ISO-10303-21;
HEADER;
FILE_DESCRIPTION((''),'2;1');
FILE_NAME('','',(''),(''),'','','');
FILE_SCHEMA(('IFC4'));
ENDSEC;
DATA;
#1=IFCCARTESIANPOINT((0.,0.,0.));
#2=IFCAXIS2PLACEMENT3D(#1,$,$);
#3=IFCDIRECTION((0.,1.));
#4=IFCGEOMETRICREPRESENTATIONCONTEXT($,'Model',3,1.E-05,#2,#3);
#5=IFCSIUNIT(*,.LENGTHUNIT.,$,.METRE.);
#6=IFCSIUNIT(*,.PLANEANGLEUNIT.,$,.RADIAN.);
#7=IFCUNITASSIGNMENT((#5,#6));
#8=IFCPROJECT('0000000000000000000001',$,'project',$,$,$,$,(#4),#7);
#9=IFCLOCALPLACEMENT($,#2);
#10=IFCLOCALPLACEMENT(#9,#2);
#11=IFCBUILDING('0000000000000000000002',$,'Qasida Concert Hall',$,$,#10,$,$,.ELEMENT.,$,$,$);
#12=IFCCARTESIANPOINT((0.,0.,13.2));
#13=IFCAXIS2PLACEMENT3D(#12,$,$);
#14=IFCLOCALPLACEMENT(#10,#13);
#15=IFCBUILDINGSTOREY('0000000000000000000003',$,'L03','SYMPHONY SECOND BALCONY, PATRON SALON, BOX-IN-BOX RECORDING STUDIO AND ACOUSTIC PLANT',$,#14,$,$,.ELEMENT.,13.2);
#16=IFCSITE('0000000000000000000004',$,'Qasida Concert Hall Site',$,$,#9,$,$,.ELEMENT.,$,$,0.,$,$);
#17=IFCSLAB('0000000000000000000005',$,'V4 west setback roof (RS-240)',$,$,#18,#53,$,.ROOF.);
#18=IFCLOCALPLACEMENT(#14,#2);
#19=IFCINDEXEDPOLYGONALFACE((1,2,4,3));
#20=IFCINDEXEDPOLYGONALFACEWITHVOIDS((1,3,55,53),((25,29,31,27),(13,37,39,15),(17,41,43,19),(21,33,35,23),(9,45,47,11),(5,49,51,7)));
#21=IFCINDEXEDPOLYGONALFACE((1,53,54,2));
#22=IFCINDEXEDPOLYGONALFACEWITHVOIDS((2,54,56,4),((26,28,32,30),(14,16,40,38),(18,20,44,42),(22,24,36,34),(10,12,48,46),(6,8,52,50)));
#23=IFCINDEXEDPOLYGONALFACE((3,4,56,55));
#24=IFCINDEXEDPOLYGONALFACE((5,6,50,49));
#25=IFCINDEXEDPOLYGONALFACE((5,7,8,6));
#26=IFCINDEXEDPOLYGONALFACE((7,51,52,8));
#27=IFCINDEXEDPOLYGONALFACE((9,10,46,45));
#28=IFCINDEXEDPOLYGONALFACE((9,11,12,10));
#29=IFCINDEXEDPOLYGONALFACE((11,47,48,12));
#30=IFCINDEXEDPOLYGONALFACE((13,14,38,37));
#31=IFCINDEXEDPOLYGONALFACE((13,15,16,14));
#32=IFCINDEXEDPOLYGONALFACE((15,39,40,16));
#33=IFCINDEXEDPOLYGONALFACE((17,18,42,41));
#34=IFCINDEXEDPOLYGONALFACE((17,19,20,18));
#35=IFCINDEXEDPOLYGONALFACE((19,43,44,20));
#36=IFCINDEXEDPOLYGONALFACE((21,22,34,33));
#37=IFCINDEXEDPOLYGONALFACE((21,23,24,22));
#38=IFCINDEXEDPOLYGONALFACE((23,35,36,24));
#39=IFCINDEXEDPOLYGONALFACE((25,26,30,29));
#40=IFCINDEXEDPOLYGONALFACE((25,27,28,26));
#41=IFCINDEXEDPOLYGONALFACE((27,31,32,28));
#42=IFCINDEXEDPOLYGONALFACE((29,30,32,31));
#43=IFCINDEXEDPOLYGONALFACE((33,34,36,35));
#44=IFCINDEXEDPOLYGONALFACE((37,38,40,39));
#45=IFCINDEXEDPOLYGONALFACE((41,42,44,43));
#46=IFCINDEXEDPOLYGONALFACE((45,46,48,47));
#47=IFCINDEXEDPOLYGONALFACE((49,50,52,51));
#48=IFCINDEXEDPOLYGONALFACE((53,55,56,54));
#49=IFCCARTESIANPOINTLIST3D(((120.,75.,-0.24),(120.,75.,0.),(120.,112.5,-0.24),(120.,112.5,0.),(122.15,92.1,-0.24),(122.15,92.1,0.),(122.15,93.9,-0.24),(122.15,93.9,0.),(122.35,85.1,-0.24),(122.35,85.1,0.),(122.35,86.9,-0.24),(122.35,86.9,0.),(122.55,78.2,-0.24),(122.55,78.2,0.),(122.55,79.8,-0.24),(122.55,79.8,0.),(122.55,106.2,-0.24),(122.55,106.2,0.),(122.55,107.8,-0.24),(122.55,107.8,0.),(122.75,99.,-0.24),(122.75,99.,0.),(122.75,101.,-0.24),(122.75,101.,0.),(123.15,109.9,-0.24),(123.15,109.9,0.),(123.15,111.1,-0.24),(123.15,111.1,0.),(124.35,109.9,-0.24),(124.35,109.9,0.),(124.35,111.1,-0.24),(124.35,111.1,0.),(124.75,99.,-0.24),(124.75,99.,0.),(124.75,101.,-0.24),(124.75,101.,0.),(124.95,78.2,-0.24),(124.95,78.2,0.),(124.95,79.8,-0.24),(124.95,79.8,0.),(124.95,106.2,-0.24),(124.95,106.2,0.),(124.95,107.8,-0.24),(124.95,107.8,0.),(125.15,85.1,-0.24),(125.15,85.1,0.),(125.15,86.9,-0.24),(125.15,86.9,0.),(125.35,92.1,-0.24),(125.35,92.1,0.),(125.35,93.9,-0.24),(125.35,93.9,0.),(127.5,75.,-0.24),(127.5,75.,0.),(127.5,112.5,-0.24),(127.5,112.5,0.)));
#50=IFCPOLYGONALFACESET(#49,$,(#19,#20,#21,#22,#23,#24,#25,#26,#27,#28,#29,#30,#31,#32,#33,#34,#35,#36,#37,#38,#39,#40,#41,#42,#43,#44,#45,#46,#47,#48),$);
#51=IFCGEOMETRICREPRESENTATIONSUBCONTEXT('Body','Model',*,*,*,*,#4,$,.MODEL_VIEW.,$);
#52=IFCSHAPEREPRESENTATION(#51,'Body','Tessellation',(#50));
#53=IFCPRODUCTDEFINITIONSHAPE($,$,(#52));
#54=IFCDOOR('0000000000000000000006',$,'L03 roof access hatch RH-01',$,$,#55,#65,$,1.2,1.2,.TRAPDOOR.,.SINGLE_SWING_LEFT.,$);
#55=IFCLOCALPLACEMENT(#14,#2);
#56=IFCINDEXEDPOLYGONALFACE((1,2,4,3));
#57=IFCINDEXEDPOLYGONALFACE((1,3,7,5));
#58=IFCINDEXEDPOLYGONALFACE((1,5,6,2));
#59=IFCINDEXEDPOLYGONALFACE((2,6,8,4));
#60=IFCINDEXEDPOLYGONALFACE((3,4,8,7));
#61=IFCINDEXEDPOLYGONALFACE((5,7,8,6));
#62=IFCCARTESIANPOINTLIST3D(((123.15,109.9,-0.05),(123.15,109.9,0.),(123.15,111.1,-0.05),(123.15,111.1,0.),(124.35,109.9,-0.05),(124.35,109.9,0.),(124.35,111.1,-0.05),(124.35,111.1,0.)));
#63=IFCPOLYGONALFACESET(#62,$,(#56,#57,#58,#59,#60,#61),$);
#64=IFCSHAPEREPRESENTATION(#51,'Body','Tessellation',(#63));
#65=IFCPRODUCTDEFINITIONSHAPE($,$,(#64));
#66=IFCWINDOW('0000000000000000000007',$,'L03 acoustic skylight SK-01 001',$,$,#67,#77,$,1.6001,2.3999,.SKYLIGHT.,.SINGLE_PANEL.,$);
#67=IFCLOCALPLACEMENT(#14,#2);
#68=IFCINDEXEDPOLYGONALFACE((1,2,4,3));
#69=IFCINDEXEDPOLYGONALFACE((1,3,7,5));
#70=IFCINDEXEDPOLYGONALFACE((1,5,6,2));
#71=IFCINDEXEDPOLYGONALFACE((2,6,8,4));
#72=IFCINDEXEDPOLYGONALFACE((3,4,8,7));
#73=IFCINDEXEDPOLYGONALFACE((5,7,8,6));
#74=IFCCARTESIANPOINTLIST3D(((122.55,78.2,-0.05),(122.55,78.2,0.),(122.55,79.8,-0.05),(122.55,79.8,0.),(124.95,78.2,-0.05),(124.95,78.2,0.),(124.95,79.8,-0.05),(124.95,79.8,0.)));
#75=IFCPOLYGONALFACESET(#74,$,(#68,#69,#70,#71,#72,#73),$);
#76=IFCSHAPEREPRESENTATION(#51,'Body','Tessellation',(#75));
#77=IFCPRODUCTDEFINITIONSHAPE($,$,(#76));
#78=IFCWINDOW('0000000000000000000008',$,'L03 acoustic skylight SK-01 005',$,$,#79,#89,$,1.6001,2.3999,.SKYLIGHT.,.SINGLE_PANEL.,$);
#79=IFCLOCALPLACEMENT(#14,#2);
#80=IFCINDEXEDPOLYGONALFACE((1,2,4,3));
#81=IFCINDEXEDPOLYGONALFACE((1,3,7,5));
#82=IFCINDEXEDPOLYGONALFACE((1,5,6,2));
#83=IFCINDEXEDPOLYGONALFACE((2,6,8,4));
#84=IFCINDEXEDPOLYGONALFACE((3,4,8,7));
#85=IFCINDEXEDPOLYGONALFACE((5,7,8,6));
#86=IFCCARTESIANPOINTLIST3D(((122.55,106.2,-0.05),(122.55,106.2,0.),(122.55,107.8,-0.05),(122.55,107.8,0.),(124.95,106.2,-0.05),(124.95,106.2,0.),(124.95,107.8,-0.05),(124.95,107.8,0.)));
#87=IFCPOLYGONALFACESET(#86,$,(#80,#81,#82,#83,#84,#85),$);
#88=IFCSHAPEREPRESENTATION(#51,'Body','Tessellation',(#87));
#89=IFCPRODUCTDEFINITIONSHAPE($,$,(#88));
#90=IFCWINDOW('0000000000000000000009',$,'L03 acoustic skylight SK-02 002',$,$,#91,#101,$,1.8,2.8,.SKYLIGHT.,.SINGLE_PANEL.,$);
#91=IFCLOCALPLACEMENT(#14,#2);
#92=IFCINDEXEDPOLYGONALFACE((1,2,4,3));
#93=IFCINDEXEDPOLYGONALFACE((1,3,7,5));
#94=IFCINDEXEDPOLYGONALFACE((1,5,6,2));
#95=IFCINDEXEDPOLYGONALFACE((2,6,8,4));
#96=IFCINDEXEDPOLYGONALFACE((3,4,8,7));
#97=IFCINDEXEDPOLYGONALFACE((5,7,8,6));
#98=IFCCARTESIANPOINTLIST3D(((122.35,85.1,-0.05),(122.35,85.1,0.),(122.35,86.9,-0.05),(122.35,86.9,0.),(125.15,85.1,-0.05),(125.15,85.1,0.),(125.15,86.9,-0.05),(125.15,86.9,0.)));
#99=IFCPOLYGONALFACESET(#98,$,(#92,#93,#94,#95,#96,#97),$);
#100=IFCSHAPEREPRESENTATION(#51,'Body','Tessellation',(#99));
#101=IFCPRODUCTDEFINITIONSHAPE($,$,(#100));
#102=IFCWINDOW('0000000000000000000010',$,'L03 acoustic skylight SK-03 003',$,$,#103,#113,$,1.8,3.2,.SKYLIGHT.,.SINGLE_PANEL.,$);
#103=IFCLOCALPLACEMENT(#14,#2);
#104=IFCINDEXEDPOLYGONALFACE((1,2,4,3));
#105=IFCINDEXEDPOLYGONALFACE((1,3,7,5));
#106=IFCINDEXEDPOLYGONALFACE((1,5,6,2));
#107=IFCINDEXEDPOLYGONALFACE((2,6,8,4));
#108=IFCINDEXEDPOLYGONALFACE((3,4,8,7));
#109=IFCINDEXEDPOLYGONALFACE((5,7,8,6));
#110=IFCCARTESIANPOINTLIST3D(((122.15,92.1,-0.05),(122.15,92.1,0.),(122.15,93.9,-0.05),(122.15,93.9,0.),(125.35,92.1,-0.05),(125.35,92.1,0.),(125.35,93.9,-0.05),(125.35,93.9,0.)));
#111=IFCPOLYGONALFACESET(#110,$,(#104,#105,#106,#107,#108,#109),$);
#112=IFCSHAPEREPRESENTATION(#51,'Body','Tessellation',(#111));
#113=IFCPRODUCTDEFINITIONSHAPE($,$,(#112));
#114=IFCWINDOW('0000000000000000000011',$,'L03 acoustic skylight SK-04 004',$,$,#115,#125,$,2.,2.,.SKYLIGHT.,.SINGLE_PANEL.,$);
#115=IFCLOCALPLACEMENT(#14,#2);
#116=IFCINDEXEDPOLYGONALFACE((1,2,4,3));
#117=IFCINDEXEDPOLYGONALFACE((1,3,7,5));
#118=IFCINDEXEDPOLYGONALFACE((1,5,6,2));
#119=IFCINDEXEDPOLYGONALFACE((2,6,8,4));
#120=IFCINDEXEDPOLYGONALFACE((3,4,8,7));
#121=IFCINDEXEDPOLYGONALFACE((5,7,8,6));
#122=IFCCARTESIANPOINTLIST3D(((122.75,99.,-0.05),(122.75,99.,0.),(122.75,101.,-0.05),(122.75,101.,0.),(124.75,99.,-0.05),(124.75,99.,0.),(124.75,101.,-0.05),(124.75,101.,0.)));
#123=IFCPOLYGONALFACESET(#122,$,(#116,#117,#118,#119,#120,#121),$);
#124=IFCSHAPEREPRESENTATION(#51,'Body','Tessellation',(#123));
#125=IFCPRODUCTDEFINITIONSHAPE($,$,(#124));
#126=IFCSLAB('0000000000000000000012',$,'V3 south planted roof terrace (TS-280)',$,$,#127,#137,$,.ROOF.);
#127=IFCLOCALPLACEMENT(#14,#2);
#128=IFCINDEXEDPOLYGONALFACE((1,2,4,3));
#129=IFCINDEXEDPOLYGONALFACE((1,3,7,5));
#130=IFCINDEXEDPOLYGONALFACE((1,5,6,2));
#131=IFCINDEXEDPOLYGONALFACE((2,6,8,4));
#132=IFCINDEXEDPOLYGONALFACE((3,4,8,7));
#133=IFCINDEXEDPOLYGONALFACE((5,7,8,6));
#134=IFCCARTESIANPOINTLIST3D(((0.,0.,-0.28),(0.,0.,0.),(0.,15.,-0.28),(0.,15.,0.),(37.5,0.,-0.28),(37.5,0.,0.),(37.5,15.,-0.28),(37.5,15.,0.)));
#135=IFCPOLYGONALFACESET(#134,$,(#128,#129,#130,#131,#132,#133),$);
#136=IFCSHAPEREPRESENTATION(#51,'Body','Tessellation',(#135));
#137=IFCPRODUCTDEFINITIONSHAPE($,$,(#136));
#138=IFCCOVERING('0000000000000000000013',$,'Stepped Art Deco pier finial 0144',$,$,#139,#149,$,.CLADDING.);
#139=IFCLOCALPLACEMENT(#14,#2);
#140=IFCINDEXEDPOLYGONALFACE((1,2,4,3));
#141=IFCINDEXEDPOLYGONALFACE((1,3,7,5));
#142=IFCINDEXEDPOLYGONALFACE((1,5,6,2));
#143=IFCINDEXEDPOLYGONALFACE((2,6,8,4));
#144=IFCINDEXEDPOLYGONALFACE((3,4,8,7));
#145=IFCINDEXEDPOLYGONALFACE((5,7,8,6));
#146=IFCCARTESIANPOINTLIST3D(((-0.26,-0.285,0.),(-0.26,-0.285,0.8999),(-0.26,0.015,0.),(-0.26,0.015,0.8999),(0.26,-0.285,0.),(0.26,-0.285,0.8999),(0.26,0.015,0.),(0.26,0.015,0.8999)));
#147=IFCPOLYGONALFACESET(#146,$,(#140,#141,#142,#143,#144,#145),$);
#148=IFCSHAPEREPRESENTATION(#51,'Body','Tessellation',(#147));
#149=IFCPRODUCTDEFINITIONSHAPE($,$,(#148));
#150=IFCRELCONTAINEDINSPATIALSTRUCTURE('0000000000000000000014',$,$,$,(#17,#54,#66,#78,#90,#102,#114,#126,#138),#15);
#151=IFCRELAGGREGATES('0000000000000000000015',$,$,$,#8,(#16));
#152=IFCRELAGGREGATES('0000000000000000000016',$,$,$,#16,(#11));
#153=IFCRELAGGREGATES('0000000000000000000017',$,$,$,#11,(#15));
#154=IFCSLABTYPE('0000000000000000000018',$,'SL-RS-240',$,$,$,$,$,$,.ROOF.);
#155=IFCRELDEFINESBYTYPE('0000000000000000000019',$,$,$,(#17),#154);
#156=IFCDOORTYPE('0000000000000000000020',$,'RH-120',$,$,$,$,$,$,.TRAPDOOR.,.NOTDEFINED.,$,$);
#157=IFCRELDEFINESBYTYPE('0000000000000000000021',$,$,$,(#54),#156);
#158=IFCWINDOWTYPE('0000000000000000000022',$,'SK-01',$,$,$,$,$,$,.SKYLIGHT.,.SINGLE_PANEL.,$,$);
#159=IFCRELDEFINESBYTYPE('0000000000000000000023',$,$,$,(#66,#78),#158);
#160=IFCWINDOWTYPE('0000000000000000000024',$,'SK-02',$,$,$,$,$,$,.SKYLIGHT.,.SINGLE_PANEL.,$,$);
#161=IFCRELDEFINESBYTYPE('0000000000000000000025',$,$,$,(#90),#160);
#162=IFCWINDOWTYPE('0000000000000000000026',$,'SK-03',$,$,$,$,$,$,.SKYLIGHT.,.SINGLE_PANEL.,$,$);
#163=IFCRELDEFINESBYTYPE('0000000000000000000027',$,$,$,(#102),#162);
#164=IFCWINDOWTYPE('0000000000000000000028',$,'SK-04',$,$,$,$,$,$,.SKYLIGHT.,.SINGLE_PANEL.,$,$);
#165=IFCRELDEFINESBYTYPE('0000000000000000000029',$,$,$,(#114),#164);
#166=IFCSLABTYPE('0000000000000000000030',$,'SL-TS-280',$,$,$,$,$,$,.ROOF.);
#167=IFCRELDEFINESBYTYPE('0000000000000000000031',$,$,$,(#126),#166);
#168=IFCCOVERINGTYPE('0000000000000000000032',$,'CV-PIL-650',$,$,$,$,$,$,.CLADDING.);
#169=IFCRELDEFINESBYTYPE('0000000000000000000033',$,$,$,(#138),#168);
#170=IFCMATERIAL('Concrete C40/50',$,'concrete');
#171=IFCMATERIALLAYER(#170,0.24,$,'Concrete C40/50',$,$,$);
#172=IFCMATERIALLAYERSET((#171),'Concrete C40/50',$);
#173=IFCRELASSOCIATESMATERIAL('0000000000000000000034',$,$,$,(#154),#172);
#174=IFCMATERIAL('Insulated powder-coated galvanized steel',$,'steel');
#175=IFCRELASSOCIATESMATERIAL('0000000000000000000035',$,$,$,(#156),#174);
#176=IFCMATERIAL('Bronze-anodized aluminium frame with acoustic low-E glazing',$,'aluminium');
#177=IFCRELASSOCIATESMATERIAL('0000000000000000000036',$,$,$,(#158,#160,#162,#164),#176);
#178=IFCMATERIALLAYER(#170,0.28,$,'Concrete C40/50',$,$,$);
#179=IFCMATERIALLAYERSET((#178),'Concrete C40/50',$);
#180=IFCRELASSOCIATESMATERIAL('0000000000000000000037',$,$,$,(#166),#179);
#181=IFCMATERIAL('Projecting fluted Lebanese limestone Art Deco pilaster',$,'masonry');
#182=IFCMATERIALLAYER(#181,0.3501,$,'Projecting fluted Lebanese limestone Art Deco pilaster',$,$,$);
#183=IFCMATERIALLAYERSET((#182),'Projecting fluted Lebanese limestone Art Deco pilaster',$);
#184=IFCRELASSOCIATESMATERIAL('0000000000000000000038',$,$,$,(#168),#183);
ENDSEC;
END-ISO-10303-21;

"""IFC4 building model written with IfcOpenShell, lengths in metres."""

from ifc_helpers import new_model, si_unit, direction, frame, origin, origin_2d, place, context, subcontext, project, spatial, polyline, rectangle, outline, extrude, material, layer, layer_set, type_object, element, fill, save


model = new_model("IFC4")

# Units and contexts
model_context = context("Model", 3, precision=1e-05, world=origin(), true_north=direction((0.0, 1.0)))
body_context = subcontext(model_context, "Body", "Model", "MODEL_VIEW")
ifc_project = project(units=[si_unit("LENGTHUNIT", "METRE"), si_unit("PLANEANGLEUNIT", "RADIAN")], contexts=[model_context])

# Site, building, storey
site_placement = place(None, origin())
site = spatial("IfcSite", under=ifc_project, at=site_placement, Name="Qasida Concert Hall Site", CompositionType="ELEMENT", RefElevation=0.0)
building_placement = place(site_placement, origin())
building = spatial("IfcBuilding", under=site, at=building_placement, Name="Qasida Concert Hall", CompositionType="ELEMENT")
storey_placement = place(building_placement, frame((0.0, 0.0, 13.2)))
storey = spatial("IfcBuildingStorey", under=building, at=storey_placement, Name="L03", Description="SYMPHONY SECOND BALCONY, PATRON SALON, BOX-IN-BOX RECORDING STUDIO AND ACOUSTIC PLANT", CompositionType="ELEMENT", Elevation=13.2)

# Shared definitions
ifc_material_1 = material(Name="Concrete C40/50", Category="concrete")

# Slab, openings, door, windows
ifc_layer_1 = layer(ifc_material_1, 0.24, Name="Concrete C40/50")
ifc_layer_set_1 = layer_set([ifc_layer_1], Name="Concrete C40/50")
slab_type_1 = type_object("IfcSlabType", Name="SL-RS-240", PredefinedType="ROOF", material=ifc_layer_set_1)
slab_1_placement = place(storey_placement, frame((0.0, 0.0, -0.24)))
slab_1 = element("IfcSlab", 1, at=slab_1_placement, inside=storey, type_object=slab_type_1, Name="V4 west setback roof (RS-240)", PredefinedType="ROOF", context=body_context, shape_type="SweptSolid", body=[
    extrude(outline(polyline([(120.0, 75.0), (127.5, 75.0), (127.5, 112.5), (120.0, 112.5), (120.0, 75.0)])), origin(), (0.0, 0.0, 1.0), 0.24),
])
opening_1_placement = place(slab_1_placement, frame((123.75, 79.0, -0.01)))
opening_1 = element("IfcOpeningElement", 2, at=opening_1_placement, cuts=slab_1, PredefinedType="OPENING", context=body_context, shape_type="SweptSolid", body=[
    extrude(rectangle(XDim=2.3999, YDim=1.6001, at=origin_2d()), origin(), (0.0, 0.0, 1.0), 0.26),
])
opening_2_placement = place(slab_1_placement, frame((123.75, 86.0, -0.01)))
opening_2 = element("IfcOpeningElement", 3, at=opening_2_placement, cuts=slab_1, PredefinedType="OPENING", context=body_context, shape_type="SweptSolid", body=[
    extrude(rectangle(XDim=2.8, YDim=1.8, at=origin_2d()), origin(), (0.0, 0.0, 1.0), 0.26),
])
opening_3_placement = place(slab_1_placement, frame((123.75, 93.0, -0.01)))
opening_3 = element("IfcOpeningElement", 4, at=opening_3_placement, cuts=slab_1, PredefinedType="OPENING", context=body_context, shape_type="SweptSolid", body=[
    extrude(rectangle(XDim=3.2, YDim=1.8, at=origin_2d()), origin(), (0.0, 0.0, 1.0), 0.26),
])
opening_4_placement = place(slab_1_placement, frame((123.75, 100.0, -0.01)))
opening_4 = element("IfcOpeningElement", 5, at=opening_4_placement, cuts=slab_1, PredefinedType="OPENING", context=body_context, shape_type="SweptSolid", body=[
    extrude(rectangle(XDim=2.0, YDim=2.0, at=origin_2d()), origin(), (0.0, 0.0, 1.0), 0.26),
])
opening_5_placement = place(slab_1_placement, frame((123.75, 107.0, -0.01)))
opening_5 = element("IfcOpeningElement", 6, at=opening_5_placement, cuts=slab_1, PredefinedType="OPENING", context=body_context, shape_type="SweptSolid", body=[
    extrude(rectangle(XDim=2.3999, YDim=1.6001, at=origin_2d()), origin(), (0.0, 0.0, 1.0), 0.26),
])
opening_6_placement = place(slab_1_placement, frame((123.75, 110.5, -0.01)))
opening_6 = element("IfcOpeningElement", 7, at=opening_6_placement, cuts=slab_1, PredefinedType="OPENING", context=body_context, shape_type="SweptSolid", body=[
    extrude(rectangle(XDim=1.2, YDim=1.2, at=origin_2d()), origin(), (0.0, 0.0, 1.0), 0.26),
])
ifc_material_2 = material(Name="Insulated powder-coated galvanized steel", Category="steel")
door_type = type_object("IfcDoorType", Name="RH-120", OperationType="NOTDEFINED", PredefinedType="TRAPDOOR", material=ifc_material_2)
door_placement = place(storey_placement, frame((123.75, 110.5, -0.05)))
door = element("IfcDoor", 8, at=door_placement, inside=storey, type_object=door_type, Name="L03 roof access hatch RH-01", OperationType="SINGLE_SWING_LEFT", OverallHeight=1.2, OverallWidth=1.2, PredefinedType="TRAPDOOR", context=body_context, shape_type="SweptSolid", body=[
    extrude(rectangle(XDim=1.2, YDim=1.2, at=origin_2d()), origin(), (0.0, 0.0, 1.0), 0.05),
])
fill(opening_6, door)
ifc_material_3 = material(Name="Bronze-anodized aluminium frame with acoustic low-E glazing", Category="aluminium")
window_type_1 = type_object("IfcWindowType", Name="SK-01", PartitioningType="SINGLE_PANEL", PredefinedType="SKYLIGHT", material=ifc_material_3)
window_1_placement = place(storey_placement, frame((123.75, 79.0, -0.05)))
window_1 = element("IfcWindow", 9, at=window_1_placement, inside=storey, type_object=window_type_1, Name="L03 acoustic skylight SK-01 001", OverallHeight=1.6001, OverallWidth=2.3999, PartitioningType="SINGLE_PANEL", PredefinedType="SKYLIGHT", context=body_context, shape_type="SweptSolid", body=[
    extrude(rectangle(XDim=2.3999, YDim=1.6001, at=origin_2d()), origin(), (0.0, 0.0, 1.0), 0.05),
])
fill(opening_1, window_1)
window_2_placement = place(storey_placement, frame((123.75, 107.0, -0.05)))
window_2 = element("IfcWindow", 10, at=window_2_placement, inside=storey, type_object=window_type_1, Name="L03 acoustic skylight SK-01 005", OverallHeight=1.6001, OverallWidth=2.3999, PartitioningType="SINGLE_PANEL", PredefinedType="SKYLIGHT", context=body_context, shape_type="SweptSolid", body=[
    extrude(rectangle(XDim=2.3999, YDim=1.6001, at=origin_2d()), origin(), (0.0, 0.0, 1.0), 0.05),
])
fill(opening_5, window_2)
window_type_2 = type_object("IfcWindowType", Name="SK-02", PartitioningType="SINGLE_PANEL", PredefinedType="SKYLIGHT", material=ifc_material_3)
window_3_placement = place(storey_placement, frame((123.75, 86.0, -0.05)))
window_3 = element("IfcWindow", 11, at=window_3_placement, inside=storey, type_object=window_type_2, Name="L03 acoustic skylight SK-02 002", OverallHeight=1.8, OverallWidth=2.8, PartitioningType="SINGLE_PANEL", PredefinedType="SKYLIGHT", context=body_context, shape_type="SweptSolid", body=[
    extrude(rectangle(XDim=2.8, YDim=1.8, at=origin_2d()), origin(), (0.0, 0.0, 1.0), 0.05),
])
fill(opening_2, window_3)
window_type_3 = type_object("IfcWindowType", Name="SK-03", PartitioningType="SINGLE_PANEL", PredefinedType="SKYLIGHT", material=ifc_material_3)
window_4_placement = place(storey_placement, frame((123.75, 93.0, -0.05)))
window_4 = element("IfcWindow", 12, at=window_4_placement, inside=storey, type_object=window_type_3, Name="L03 acoustic skylight SK-03 003", OverallHeight=1.8, OverallWidth=3.2, PartitioningType="SINGLE_PANEL", PredefinedType="SKYLIGHT", context=body_context, shape_type="SweptSolid", body=[
    extrude(rectangle(XDim=3.2, YDim=1.8, at=origin_2d()), origin(), (0.0, 0.0, 1.0), 0.05),
])
fill(opening_3, window_4)
window_type_4 = type_object("IfcWindowType", Name="SK-04", PartitioningType="SINGLE_PANEL", PredefinedType="SKYLIGHT", material=ifc_material_3)
window_5_placement = place(storey_placement, frame((123.75, 100.0, -0.05)))
window_5 = element("IfcWindow", 13, at=window_5_placement, inside=storey, type_object=window_type_4, Name="L03 acoustic skylight SK-04 004", OverallHeight=2.0, OverallWidth=2.0, PartitioningType="SINGLE_PANEL", PredefinedType="SKYLIGHT", context=body_context, shape_type="SweptSolid", body=[
    extrude(rectangle(XDim=2.0, YDim=2.0, at=origin_2d()), origin(), (0.0, 0.0, 1.0), 0.05),
])
fill(opening_4, window_5)

# Slab
ifc_layer_2 = layer(ifc_material_1, 0.28, Name="Concrete C40/50")
ifc_layer_set_2 = layer_set([ifc_layer_2], Name="Concrete C40/50")
slab_type_2 = type_object("IfcSlabType", Name="SL-TS-280", PredefinedType="ROOF", material=ifc_layer_set_2)
slab_2_placement = place(storey_placement, frame((0.0, 0.0, -0.28)))
element("IfcSlab", 14, at=slab_2_placement, inside=storey, type_object=slab_type_2, Name="V3 south planted roof terrace (TS-280)", PredefinedType="ROOF", context=body_context, shape_type="SweptSolid", body=[
    extrude(outline(polyline([(0.0, 0.0), (37.5, 0.0), (37.5, 15.0), (0.0, 15.0), (0.0, 0.0)])), origin(), (0.0, 0.0, 1.0), 0.28),
])

# Covering
ifc_material_4 = material(Name="Projecting fluted Lebanese limestone Art Deco pilaster", Category="masonry")
ifc_layer_3 = layer(ifc_material_4, 0.3501, Name="Projecting fluted Lebanese limestone Art Deco pilaster")
ifc_layer_set_3 = layer_set([ifc_layer_3], Name="Projecting fluted Lebanese limestone Art Deco pilaster")
covering_type = type_object("IfcCoveringType", Name="CV-PIL-650", PredefinedType="CLADDING", material=ifc_layer_set_3)
covering_placement = place(storey_placement, frame((0.0, -0.135, 0.0), z_axis=(0.0, 0.0, 1.0), x_axis=(1.0, 0.0, 0.0)))
element("IfcCovering", 15, at=covering_placement, inside=storey, type_object=covering_type, Name="Stepped Art Deco pier finial 0144", PredefinedType="CLADDING", context=body_context, shape_type="SweptSolid", body=[
    extrude(rectangle(XDim=0.52, YDim=0.3, at=origin_2d()), origin(), (0.0, 0.0, 1.0), 0.8999),
])

save(model, "model.ifc")
